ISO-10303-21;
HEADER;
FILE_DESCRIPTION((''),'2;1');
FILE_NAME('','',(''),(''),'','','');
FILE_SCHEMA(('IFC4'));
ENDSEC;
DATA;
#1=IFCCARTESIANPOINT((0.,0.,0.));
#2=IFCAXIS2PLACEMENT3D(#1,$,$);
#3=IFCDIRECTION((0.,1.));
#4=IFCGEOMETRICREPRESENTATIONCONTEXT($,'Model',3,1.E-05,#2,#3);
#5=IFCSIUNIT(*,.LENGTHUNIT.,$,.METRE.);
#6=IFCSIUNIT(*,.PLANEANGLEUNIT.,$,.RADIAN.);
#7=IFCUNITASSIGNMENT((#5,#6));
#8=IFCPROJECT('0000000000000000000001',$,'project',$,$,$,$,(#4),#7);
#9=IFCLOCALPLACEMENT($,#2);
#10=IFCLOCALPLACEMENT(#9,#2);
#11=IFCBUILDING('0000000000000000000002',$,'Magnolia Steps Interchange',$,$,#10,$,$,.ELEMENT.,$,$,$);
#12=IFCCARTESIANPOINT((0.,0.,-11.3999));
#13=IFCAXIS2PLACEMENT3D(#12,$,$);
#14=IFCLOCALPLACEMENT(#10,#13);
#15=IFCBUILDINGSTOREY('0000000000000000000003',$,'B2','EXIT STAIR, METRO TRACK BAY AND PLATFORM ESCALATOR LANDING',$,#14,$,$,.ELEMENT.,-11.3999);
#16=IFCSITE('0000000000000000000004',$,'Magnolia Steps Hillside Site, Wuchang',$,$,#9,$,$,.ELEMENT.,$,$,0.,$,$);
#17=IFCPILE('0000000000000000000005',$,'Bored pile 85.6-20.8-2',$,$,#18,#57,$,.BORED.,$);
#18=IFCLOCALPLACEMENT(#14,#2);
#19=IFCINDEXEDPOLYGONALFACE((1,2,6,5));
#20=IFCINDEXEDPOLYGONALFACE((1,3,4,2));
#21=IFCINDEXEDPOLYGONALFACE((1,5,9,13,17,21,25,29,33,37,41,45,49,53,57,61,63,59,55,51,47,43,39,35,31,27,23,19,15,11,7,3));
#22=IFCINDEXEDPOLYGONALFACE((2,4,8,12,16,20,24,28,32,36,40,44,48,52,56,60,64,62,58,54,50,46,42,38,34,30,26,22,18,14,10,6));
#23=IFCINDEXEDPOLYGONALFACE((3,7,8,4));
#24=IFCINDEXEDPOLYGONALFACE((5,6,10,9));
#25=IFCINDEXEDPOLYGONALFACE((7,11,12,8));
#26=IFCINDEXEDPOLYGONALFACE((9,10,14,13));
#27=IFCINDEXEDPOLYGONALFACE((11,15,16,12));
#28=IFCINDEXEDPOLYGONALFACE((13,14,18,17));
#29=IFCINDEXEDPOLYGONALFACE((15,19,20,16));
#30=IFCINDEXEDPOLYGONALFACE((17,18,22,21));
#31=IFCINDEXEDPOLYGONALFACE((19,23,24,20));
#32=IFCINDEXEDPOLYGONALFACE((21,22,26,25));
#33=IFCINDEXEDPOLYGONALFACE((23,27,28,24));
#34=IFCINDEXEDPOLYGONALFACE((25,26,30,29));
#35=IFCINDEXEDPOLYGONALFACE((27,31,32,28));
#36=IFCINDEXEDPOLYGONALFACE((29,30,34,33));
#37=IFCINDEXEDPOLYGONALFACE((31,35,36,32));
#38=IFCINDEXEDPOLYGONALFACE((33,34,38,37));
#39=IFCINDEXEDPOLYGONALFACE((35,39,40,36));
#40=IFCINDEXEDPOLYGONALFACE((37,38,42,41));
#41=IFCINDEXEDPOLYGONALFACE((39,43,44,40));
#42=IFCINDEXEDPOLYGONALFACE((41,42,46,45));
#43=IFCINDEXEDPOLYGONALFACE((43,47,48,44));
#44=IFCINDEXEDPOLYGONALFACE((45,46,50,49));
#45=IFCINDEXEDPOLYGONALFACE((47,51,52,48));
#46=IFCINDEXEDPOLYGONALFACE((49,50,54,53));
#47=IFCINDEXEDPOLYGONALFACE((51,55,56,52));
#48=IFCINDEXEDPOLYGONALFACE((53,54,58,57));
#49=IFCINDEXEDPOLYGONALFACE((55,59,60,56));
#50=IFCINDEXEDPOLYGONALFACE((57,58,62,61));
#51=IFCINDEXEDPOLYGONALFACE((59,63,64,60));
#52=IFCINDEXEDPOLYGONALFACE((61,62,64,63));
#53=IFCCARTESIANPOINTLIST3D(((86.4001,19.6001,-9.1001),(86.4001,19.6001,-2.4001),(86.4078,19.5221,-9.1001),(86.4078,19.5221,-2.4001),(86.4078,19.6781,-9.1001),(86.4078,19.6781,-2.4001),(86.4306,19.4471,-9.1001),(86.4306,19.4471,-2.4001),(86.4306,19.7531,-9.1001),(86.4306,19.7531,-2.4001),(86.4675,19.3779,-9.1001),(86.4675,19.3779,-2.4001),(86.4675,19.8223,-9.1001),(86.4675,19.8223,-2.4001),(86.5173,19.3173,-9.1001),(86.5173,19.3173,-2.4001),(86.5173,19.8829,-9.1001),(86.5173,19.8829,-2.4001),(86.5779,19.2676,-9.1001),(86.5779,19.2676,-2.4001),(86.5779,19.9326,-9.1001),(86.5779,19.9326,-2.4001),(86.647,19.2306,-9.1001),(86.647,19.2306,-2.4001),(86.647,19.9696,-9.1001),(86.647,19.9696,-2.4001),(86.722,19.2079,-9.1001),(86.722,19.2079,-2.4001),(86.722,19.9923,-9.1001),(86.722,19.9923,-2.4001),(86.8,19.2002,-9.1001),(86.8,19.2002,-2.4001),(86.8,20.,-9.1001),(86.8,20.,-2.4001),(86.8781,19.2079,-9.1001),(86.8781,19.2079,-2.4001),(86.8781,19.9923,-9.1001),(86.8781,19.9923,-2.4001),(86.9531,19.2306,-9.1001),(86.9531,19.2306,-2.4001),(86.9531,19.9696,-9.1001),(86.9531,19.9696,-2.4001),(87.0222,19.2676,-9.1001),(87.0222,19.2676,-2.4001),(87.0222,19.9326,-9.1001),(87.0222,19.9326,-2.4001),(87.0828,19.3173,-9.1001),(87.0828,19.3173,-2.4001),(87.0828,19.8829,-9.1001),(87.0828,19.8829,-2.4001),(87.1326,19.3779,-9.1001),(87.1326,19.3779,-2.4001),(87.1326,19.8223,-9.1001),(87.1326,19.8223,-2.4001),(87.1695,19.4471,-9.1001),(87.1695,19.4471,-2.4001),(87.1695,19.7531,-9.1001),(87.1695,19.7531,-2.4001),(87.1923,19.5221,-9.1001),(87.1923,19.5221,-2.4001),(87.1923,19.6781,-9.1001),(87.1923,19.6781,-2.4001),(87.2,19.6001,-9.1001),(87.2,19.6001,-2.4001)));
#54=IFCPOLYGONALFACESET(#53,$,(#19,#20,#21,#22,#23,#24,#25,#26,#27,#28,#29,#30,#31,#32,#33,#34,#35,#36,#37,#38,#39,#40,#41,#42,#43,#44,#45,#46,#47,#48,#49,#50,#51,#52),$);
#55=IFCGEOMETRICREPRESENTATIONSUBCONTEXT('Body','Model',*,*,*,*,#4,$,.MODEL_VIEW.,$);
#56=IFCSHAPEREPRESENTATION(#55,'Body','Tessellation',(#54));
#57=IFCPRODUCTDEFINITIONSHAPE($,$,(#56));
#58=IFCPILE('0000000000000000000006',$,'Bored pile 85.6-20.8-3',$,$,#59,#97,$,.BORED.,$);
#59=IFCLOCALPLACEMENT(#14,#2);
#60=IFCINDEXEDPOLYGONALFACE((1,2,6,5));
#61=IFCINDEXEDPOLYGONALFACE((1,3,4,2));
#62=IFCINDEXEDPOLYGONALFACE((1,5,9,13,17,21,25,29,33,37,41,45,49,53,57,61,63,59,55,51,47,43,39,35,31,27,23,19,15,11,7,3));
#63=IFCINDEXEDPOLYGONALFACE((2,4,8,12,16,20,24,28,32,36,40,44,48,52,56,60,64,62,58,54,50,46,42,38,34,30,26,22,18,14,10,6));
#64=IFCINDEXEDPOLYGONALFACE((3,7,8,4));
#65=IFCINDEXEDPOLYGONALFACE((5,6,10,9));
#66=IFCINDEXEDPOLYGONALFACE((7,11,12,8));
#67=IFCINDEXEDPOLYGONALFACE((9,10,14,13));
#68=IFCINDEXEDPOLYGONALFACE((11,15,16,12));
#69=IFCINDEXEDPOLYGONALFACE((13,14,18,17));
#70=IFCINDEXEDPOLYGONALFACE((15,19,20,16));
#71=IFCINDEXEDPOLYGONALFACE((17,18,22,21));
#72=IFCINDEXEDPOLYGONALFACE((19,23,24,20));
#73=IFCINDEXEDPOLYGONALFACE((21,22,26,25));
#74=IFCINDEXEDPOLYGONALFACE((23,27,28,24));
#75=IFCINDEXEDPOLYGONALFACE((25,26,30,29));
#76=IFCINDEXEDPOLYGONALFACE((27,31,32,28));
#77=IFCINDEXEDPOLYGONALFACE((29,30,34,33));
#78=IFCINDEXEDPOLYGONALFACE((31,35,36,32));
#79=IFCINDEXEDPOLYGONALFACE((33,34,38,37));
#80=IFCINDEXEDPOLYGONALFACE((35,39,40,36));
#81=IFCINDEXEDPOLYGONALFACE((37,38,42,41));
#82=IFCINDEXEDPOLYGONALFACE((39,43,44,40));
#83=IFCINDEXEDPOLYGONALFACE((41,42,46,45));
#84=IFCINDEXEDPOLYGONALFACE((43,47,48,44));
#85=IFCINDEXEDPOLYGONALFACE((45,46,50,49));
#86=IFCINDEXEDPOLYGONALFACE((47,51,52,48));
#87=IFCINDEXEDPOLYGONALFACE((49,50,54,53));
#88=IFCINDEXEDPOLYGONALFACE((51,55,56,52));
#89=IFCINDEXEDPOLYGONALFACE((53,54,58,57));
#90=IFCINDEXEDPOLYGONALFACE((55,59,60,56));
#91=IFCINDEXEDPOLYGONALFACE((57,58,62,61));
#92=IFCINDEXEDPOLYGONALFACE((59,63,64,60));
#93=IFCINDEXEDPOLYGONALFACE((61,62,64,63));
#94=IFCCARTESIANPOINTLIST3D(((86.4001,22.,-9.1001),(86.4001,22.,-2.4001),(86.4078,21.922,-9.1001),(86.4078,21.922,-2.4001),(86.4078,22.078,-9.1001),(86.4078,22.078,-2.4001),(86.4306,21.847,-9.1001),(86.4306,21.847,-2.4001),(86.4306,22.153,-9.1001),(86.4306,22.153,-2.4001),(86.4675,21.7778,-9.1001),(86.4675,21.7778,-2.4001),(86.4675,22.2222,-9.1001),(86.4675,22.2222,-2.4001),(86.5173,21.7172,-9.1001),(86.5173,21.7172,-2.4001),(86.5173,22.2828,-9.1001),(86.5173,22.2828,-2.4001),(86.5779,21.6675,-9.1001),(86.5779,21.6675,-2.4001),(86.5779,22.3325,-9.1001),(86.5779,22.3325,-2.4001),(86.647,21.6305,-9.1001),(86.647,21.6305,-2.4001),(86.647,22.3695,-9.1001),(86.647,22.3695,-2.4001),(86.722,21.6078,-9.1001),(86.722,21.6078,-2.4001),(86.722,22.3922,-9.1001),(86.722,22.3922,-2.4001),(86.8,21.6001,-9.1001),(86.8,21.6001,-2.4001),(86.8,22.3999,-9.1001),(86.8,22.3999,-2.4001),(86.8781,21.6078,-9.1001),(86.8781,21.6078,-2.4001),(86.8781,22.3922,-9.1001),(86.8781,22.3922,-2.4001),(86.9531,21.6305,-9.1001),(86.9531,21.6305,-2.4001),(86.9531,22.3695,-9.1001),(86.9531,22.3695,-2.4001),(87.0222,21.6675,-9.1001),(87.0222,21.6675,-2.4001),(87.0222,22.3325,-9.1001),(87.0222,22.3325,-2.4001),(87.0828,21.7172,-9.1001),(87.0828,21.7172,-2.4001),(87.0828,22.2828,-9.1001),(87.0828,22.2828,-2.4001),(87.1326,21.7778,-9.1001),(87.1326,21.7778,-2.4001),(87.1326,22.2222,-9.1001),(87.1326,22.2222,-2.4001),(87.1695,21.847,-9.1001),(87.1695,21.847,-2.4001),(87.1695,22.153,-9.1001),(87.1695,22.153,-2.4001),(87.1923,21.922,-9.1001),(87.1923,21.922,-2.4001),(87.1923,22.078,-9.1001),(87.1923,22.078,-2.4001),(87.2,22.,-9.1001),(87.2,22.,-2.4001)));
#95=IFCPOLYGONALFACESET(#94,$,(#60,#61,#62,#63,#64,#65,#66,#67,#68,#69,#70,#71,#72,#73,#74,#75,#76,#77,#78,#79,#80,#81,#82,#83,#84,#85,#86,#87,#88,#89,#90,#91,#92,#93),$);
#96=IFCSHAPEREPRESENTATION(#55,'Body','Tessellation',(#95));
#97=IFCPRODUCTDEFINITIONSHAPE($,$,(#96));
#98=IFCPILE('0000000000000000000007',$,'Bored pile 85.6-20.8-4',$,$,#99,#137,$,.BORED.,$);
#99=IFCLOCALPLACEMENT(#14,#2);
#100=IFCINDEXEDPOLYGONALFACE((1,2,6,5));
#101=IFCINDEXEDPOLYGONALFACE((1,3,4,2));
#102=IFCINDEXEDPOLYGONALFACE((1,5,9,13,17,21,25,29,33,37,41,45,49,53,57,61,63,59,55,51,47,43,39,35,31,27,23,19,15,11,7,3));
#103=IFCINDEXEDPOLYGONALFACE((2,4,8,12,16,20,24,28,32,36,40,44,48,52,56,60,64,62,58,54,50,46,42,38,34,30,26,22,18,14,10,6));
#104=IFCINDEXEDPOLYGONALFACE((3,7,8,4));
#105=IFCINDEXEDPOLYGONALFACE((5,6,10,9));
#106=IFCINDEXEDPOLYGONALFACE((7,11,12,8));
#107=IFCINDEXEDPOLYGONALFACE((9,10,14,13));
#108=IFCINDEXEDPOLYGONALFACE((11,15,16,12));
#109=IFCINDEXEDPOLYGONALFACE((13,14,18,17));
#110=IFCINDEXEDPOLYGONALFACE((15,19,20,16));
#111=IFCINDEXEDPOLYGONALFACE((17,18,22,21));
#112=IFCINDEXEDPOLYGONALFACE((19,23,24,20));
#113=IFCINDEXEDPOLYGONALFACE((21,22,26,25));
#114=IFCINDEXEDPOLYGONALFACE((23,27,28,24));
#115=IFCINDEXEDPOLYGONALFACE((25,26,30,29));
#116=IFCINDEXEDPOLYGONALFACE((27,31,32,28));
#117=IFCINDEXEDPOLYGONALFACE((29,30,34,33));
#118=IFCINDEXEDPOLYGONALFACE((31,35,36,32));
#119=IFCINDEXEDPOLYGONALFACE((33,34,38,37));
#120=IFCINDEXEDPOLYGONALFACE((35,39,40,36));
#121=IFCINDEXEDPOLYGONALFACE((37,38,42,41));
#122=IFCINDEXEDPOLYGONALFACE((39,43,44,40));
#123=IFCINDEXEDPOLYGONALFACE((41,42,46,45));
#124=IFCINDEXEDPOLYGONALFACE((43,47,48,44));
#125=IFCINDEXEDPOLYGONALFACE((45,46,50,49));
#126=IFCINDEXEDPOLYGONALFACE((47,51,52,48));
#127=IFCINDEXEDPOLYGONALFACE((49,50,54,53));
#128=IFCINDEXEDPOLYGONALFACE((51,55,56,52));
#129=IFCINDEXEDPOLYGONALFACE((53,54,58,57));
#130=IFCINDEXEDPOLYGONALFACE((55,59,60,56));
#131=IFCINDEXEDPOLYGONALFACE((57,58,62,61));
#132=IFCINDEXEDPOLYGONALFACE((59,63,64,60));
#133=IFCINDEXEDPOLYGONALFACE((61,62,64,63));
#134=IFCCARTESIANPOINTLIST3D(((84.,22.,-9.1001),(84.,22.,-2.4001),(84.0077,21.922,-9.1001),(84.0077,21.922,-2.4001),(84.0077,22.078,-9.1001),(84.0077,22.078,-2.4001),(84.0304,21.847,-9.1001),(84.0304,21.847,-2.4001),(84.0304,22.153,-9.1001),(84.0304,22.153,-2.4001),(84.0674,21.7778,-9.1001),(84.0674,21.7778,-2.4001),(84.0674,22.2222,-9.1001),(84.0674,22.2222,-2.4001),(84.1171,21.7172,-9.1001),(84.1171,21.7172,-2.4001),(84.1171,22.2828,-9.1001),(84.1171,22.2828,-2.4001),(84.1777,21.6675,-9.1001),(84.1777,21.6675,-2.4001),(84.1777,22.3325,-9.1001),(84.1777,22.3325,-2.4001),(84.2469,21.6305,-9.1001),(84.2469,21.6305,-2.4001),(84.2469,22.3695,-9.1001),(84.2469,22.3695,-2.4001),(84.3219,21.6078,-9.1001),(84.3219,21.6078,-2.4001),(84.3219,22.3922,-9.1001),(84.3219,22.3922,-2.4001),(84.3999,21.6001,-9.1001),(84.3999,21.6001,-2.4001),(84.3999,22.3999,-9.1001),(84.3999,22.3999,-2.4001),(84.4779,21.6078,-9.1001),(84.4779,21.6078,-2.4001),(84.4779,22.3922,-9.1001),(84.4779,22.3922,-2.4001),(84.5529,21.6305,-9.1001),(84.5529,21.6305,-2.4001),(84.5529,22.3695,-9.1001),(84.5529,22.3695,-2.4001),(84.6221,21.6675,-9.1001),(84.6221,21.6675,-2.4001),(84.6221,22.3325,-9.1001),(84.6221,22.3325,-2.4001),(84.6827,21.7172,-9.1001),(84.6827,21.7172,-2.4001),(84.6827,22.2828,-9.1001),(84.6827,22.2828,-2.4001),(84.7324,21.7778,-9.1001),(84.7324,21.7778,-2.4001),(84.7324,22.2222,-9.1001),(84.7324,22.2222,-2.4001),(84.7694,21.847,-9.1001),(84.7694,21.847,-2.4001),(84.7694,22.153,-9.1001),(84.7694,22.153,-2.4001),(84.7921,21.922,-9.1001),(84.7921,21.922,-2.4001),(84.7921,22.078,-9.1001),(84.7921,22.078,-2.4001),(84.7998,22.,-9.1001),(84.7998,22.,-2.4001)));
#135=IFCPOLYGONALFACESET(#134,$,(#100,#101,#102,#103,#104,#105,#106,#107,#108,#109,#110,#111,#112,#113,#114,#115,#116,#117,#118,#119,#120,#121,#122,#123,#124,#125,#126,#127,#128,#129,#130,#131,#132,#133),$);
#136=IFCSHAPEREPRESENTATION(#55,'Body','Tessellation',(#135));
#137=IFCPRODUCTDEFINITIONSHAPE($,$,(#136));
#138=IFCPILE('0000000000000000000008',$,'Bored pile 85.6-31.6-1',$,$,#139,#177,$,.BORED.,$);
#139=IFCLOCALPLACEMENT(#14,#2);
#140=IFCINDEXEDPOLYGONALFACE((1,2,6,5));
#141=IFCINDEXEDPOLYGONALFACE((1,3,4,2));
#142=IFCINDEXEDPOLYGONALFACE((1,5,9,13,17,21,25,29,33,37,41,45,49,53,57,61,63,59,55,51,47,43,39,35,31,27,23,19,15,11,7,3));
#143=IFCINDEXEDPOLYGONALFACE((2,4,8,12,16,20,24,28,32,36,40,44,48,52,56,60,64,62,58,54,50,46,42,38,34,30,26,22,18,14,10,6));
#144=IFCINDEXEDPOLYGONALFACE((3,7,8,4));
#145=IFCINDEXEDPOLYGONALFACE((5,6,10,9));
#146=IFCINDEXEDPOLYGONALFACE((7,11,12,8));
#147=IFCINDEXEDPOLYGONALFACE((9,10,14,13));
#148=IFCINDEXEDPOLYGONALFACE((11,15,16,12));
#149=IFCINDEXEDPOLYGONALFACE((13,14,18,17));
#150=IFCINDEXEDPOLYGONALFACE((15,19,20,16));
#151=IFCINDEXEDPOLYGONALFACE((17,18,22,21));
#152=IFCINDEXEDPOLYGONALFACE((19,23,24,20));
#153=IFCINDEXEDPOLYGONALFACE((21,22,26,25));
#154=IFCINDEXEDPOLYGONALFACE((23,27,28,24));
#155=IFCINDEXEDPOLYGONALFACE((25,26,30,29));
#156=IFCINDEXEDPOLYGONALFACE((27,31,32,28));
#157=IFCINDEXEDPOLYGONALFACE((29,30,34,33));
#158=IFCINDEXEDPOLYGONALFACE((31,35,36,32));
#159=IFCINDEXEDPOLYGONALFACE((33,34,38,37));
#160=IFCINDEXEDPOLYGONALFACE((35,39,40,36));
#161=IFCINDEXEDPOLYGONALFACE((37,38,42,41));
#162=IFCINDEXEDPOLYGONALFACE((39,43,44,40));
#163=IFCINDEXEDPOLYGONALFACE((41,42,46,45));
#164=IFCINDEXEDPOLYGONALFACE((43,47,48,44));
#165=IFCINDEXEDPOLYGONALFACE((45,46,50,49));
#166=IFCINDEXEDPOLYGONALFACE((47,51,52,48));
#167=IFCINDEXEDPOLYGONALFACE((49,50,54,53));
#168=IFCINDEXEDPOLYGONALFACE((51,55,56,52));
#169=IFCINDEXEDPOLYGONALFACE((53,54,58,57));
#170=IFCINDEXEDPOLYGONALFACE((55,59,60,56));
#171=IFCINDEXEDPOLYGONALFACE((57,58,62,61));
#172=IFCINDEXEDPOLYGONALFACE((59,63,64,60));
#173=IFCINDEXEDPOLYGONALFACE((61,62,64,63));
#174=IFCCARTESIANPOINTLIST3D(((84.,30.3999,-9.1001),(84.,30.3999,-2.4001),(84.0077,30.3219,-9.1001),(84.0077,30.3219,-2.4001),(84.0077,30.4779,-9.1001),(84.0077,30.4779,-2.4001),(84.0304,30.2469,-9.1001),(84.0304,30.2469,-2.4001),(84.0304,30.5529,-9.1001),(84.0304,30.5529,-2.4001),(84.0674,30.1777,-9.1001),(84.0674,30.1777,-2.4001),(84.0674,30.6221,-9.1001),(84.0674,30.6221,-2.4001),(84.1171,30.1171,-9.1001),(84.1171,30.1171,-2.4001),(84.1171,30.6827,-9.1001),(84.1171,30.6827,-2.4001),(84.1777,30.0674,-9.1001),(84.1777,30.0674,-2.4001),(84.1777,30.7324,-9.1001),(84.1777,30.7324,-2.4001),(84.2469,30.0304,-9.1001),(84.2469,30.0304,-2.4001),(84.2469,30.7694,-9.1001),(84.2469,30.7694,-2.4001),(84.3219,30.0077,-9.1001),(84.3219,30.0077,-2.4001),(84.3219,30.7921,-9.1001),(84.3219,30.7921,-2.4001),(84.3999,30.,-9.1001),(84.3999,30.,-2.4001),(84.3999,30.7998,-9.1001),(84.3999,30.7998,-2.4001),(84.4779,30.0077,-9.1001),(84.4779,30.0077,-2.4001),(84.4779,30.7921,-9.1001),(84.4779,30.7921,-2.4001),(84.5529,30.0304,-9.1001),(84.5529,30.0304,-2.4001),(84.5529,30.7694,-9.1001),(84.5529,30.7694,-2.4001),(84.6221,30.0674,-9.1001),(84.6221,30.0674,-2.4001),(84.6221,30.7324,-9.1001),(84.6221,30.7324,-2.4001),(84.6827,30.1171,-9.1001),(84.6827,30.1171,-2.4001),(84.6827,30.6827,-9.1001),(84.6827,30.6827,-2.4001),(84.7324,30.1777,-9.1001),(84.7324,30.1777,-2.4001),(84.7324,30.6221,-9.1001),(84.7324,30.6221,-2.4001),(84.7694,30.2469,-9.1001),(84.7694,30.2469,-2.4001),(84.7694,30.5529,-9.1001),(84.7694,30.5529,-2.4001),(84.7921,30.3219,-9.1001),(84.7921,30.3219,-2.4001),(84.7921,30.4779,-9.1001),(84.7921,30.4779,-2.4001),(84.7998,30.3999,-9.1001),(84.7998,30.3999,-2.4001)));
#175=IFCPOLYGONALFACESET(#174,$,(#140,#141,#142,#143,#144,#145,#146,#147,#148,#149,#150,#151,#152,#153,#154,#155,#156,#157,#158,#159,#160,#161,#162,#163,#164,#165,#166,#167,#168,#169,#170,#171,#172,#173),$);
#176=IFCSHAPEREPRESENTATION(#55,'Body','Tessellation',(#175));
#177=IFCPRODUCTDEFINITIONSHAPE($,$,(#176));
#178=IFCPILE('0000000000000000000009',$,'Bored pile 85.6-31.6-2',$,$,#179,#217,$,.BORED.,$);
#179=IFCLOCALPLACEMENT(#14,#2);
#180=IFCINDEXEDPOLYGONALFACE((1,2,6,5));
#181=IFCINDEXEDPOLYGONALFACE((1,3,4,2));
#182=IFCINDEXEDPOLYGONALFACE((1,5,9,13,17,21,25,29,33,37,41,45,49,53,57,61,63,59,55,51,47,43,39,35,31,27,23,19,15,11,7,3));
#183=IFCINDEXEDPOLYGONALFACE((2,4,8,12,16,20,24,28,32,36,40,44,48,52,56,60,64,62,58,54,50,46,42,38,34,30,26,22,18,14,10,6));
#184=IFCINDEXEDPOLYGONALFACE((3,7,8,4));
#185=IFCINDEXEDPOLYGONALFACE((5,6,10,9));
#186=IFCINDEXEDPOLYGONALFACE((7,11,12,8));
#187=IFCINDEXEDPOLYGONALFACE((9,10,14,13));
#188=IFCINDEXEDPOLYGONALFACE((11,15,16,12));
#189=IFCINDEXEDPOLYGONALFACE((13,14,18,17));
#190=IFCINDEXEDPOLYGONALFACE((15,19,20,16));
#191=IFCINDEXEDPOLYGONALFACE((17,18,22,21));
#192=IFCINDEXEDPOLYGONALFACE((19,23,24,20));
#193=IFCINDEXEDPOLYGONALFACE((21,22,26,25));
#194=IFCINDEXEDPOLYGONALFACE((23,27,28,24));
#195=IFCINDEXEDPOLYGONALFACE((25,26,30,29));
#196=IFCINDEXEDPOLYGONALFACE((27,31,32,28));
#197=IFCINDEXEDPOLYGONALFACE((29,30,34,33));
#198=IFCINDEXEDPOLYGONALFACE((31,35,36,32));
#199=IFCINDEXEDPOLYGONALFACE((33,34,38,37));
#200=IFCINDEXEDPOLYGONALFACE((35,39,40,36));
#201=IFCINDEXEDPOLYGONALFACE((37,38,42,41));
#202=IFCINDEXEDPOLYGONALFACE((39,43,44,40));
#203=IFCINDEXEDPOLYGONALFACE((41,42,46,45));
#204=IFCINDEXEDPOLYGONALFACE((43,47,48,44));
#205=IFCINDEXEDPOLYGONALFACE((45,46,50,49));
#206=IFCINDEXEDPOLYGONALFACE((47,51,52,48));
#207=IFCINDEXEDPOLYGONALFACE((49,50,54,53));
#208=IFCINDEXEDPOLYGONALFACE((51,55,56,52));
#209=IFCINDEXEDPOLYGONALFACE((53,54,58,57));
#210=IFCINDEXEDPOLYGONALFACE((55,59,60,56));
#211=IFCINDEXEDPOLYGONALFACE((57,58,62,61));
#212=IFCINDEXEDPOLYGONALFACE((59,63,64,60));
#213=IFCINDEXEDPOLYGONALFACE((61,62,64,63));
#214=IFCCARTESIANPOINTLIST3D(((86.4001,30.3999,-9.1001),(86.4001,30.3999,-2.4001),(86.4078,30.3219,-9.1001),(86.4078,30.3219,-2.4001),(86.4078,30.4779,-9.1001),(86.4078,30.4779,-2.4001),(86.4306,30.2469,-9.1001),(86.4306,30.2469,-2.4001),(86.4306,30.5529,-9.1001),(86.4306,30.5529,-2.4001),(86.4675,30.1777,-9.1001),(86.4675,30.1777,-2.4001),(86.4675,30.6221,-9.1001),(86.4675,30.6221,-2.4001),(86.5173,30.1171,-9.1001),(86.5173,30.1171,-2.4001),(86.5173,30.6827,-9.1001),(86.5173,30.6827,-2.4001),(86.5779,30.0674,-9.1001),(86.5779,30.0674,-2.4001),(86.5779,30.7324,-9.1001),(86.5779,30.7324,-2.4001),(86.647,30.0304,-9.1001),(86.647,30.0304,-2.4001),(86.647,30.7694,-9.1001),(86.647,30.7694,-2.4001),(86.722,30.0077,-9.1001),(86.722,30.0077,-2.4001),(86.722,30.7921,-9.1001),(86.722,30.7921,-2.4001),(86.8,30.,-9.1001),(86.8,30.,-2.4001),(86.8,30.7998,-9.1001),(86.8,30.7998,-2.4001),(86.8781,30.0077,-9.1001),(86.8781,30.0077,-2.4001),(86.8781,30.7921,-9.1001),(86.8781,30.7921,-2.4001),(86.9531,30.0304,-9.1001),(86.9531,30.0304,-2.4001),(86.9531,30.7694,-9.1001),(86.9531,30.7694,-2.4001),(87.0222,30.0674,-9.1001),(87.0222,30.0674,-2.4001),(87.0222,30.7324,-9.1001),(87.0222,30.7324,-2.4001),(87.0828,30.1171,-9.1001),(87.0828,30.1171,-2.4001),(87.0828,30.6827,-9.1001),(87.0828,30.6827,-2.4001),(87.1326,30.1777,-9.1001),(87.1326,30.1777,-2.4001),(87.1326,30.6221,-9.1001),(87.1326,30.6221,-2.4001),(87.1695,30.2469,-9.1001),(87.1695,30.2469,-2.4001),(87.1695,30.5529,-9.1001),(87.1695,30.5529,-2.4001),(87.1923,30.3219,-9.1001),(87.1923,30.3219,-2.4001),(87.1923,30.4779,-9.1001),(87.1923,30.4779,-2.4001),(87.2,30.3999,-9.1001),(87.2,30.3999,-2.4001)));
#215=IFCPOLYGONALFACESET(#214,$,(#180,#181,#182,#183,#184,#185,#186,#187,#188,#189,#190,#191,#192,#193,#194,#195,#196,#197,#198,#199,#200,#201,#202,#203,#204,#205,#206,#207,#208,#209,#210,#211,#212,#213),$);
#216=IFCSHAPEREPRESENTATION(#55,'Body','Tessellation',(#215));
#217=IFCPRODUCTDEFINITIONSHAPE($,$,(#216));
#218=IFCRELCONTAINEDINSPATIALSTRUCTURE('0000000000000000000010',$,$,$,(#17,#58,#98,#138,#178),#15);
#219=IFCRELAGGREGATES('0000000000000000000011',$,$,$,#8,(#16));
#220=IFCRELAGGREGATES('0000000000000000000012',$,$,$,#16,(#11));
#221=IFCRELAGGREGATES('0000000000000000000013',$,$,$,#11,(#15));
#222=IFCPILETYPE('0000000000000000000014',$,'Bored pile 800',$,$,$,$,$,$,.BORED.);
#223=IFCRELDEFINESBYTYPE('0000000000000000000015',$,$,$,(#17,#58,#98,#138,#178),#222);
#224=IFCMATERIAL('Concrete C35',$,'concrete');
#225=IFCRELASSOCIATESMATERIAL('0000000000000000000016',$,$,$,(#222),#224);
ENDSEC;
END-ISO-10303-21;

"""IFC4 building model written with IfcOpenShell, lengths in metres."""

from ifc_helpers import new_model, si_unit, direction, frame, origin, origin_2d, place, context, subcontext, project, spatial, circle, extrude, material, material_profile, profile_set, type_object, element, save


model = new_model("IFC4")

# Units and contexts
model_context = context("Model", 3, precision=1e-05, world=origin(), true_north=direction((0.0, 1.0)))
body_context = subcontext(model_context, "Body", "Model", "MODEL_VIEW")
ifc_project = project(units=[si_unit("LENGTHUNIT", "METRE"), si_unit("PLANEANGLEUNIT", "RADIAN")], contexts=[model_context])

# Site, building, storey
site_placement = place(None, origin())
site = spatial("IfcSite", under=ifc_project, at=site_placement, Name="Magnolia Steps Hillside Site, Wuchang", CompositionType="ELEMENT", RefElevation=0.0)
building_placement = place(site_placement, origin())
building = spatial("IfcBuilding", under=site, at=building_placement, Name="Magnolia Steps Interchange", CompositionType="ELEMENT")
storey_placement = place(building_placement, frame((0.0, 0.0, -11.3999)))
storey = spatial("IfcBuildingStorey", under=building, at=storey_placement, Name="B2", Description="EXIT STAIR, METRO TRACK BAY AND PLATFORM ESCALATOR LANDING", CompositionType="ELEMENT", Elevation=-11.3999)

# Piles
ifc_material_1 = material(Name="Concrete C35", Category="concrete")
ifc_material_profile_1 = material_profile(ifc_material_1, circle(Radius=0.3999, at=origin_2d()), Name="Bored pile 800")
ifc_profile_set_1 = profile_set([ifc_material_profile_1], Name="Concrete C35")
pile_type = type_object("IfcPileType", Name="Bored pile 800", PredefinedType="BORED", material=ifc_profile_set_1)
for number, where, z_axis, x_axis, name in (
    (1, (86.8, 19.6001, -2.4001), (0.0, 0.0, -1.0), (1.0, 0.0, 0.0), "Bored pile 85.6-20.8-2"),
    (2, (86.8, 22.0, -2.4001), (0.0, 0.0, -1.0), (1.0, 0.0, 0.0), "Bored pile 85.6-20.8-3"),
    (3, (84.3999, 22.0, -2.4001), (0.0, 0.0, -1.0), (1.0, 0.0, 0.0), "Bored pile 85.6-20.8-4"),
    (4, (84.3999, 30.3999, -2.4001), (0.0, 0.0, -1.0), (1.0, 0.0, 0.0), "Bored pile 85.6-31.6-1"),
    (5, (86.8, 30.3999, -2.4001), (0.0, 0.0, -1.0), (1.0, 0.0, 0.0), "Bored pile 85.6-31.6-2"),
):
    element("IfcPile", number, at=place(storey_placement, frame(where, z_axis=z_axis, x_axis=x_axis)), inside=storey, type_object=pile_type, Name=name, PredefinedType="BORED", context=body_context, shape_type="SweptSolid", body=[
        extrude(circle(Radius=0.3999, at=origin_2d()), origin(), (0.0, 0.0, 1.0), 6.7),
    ])

save(model, "model.ifc")
